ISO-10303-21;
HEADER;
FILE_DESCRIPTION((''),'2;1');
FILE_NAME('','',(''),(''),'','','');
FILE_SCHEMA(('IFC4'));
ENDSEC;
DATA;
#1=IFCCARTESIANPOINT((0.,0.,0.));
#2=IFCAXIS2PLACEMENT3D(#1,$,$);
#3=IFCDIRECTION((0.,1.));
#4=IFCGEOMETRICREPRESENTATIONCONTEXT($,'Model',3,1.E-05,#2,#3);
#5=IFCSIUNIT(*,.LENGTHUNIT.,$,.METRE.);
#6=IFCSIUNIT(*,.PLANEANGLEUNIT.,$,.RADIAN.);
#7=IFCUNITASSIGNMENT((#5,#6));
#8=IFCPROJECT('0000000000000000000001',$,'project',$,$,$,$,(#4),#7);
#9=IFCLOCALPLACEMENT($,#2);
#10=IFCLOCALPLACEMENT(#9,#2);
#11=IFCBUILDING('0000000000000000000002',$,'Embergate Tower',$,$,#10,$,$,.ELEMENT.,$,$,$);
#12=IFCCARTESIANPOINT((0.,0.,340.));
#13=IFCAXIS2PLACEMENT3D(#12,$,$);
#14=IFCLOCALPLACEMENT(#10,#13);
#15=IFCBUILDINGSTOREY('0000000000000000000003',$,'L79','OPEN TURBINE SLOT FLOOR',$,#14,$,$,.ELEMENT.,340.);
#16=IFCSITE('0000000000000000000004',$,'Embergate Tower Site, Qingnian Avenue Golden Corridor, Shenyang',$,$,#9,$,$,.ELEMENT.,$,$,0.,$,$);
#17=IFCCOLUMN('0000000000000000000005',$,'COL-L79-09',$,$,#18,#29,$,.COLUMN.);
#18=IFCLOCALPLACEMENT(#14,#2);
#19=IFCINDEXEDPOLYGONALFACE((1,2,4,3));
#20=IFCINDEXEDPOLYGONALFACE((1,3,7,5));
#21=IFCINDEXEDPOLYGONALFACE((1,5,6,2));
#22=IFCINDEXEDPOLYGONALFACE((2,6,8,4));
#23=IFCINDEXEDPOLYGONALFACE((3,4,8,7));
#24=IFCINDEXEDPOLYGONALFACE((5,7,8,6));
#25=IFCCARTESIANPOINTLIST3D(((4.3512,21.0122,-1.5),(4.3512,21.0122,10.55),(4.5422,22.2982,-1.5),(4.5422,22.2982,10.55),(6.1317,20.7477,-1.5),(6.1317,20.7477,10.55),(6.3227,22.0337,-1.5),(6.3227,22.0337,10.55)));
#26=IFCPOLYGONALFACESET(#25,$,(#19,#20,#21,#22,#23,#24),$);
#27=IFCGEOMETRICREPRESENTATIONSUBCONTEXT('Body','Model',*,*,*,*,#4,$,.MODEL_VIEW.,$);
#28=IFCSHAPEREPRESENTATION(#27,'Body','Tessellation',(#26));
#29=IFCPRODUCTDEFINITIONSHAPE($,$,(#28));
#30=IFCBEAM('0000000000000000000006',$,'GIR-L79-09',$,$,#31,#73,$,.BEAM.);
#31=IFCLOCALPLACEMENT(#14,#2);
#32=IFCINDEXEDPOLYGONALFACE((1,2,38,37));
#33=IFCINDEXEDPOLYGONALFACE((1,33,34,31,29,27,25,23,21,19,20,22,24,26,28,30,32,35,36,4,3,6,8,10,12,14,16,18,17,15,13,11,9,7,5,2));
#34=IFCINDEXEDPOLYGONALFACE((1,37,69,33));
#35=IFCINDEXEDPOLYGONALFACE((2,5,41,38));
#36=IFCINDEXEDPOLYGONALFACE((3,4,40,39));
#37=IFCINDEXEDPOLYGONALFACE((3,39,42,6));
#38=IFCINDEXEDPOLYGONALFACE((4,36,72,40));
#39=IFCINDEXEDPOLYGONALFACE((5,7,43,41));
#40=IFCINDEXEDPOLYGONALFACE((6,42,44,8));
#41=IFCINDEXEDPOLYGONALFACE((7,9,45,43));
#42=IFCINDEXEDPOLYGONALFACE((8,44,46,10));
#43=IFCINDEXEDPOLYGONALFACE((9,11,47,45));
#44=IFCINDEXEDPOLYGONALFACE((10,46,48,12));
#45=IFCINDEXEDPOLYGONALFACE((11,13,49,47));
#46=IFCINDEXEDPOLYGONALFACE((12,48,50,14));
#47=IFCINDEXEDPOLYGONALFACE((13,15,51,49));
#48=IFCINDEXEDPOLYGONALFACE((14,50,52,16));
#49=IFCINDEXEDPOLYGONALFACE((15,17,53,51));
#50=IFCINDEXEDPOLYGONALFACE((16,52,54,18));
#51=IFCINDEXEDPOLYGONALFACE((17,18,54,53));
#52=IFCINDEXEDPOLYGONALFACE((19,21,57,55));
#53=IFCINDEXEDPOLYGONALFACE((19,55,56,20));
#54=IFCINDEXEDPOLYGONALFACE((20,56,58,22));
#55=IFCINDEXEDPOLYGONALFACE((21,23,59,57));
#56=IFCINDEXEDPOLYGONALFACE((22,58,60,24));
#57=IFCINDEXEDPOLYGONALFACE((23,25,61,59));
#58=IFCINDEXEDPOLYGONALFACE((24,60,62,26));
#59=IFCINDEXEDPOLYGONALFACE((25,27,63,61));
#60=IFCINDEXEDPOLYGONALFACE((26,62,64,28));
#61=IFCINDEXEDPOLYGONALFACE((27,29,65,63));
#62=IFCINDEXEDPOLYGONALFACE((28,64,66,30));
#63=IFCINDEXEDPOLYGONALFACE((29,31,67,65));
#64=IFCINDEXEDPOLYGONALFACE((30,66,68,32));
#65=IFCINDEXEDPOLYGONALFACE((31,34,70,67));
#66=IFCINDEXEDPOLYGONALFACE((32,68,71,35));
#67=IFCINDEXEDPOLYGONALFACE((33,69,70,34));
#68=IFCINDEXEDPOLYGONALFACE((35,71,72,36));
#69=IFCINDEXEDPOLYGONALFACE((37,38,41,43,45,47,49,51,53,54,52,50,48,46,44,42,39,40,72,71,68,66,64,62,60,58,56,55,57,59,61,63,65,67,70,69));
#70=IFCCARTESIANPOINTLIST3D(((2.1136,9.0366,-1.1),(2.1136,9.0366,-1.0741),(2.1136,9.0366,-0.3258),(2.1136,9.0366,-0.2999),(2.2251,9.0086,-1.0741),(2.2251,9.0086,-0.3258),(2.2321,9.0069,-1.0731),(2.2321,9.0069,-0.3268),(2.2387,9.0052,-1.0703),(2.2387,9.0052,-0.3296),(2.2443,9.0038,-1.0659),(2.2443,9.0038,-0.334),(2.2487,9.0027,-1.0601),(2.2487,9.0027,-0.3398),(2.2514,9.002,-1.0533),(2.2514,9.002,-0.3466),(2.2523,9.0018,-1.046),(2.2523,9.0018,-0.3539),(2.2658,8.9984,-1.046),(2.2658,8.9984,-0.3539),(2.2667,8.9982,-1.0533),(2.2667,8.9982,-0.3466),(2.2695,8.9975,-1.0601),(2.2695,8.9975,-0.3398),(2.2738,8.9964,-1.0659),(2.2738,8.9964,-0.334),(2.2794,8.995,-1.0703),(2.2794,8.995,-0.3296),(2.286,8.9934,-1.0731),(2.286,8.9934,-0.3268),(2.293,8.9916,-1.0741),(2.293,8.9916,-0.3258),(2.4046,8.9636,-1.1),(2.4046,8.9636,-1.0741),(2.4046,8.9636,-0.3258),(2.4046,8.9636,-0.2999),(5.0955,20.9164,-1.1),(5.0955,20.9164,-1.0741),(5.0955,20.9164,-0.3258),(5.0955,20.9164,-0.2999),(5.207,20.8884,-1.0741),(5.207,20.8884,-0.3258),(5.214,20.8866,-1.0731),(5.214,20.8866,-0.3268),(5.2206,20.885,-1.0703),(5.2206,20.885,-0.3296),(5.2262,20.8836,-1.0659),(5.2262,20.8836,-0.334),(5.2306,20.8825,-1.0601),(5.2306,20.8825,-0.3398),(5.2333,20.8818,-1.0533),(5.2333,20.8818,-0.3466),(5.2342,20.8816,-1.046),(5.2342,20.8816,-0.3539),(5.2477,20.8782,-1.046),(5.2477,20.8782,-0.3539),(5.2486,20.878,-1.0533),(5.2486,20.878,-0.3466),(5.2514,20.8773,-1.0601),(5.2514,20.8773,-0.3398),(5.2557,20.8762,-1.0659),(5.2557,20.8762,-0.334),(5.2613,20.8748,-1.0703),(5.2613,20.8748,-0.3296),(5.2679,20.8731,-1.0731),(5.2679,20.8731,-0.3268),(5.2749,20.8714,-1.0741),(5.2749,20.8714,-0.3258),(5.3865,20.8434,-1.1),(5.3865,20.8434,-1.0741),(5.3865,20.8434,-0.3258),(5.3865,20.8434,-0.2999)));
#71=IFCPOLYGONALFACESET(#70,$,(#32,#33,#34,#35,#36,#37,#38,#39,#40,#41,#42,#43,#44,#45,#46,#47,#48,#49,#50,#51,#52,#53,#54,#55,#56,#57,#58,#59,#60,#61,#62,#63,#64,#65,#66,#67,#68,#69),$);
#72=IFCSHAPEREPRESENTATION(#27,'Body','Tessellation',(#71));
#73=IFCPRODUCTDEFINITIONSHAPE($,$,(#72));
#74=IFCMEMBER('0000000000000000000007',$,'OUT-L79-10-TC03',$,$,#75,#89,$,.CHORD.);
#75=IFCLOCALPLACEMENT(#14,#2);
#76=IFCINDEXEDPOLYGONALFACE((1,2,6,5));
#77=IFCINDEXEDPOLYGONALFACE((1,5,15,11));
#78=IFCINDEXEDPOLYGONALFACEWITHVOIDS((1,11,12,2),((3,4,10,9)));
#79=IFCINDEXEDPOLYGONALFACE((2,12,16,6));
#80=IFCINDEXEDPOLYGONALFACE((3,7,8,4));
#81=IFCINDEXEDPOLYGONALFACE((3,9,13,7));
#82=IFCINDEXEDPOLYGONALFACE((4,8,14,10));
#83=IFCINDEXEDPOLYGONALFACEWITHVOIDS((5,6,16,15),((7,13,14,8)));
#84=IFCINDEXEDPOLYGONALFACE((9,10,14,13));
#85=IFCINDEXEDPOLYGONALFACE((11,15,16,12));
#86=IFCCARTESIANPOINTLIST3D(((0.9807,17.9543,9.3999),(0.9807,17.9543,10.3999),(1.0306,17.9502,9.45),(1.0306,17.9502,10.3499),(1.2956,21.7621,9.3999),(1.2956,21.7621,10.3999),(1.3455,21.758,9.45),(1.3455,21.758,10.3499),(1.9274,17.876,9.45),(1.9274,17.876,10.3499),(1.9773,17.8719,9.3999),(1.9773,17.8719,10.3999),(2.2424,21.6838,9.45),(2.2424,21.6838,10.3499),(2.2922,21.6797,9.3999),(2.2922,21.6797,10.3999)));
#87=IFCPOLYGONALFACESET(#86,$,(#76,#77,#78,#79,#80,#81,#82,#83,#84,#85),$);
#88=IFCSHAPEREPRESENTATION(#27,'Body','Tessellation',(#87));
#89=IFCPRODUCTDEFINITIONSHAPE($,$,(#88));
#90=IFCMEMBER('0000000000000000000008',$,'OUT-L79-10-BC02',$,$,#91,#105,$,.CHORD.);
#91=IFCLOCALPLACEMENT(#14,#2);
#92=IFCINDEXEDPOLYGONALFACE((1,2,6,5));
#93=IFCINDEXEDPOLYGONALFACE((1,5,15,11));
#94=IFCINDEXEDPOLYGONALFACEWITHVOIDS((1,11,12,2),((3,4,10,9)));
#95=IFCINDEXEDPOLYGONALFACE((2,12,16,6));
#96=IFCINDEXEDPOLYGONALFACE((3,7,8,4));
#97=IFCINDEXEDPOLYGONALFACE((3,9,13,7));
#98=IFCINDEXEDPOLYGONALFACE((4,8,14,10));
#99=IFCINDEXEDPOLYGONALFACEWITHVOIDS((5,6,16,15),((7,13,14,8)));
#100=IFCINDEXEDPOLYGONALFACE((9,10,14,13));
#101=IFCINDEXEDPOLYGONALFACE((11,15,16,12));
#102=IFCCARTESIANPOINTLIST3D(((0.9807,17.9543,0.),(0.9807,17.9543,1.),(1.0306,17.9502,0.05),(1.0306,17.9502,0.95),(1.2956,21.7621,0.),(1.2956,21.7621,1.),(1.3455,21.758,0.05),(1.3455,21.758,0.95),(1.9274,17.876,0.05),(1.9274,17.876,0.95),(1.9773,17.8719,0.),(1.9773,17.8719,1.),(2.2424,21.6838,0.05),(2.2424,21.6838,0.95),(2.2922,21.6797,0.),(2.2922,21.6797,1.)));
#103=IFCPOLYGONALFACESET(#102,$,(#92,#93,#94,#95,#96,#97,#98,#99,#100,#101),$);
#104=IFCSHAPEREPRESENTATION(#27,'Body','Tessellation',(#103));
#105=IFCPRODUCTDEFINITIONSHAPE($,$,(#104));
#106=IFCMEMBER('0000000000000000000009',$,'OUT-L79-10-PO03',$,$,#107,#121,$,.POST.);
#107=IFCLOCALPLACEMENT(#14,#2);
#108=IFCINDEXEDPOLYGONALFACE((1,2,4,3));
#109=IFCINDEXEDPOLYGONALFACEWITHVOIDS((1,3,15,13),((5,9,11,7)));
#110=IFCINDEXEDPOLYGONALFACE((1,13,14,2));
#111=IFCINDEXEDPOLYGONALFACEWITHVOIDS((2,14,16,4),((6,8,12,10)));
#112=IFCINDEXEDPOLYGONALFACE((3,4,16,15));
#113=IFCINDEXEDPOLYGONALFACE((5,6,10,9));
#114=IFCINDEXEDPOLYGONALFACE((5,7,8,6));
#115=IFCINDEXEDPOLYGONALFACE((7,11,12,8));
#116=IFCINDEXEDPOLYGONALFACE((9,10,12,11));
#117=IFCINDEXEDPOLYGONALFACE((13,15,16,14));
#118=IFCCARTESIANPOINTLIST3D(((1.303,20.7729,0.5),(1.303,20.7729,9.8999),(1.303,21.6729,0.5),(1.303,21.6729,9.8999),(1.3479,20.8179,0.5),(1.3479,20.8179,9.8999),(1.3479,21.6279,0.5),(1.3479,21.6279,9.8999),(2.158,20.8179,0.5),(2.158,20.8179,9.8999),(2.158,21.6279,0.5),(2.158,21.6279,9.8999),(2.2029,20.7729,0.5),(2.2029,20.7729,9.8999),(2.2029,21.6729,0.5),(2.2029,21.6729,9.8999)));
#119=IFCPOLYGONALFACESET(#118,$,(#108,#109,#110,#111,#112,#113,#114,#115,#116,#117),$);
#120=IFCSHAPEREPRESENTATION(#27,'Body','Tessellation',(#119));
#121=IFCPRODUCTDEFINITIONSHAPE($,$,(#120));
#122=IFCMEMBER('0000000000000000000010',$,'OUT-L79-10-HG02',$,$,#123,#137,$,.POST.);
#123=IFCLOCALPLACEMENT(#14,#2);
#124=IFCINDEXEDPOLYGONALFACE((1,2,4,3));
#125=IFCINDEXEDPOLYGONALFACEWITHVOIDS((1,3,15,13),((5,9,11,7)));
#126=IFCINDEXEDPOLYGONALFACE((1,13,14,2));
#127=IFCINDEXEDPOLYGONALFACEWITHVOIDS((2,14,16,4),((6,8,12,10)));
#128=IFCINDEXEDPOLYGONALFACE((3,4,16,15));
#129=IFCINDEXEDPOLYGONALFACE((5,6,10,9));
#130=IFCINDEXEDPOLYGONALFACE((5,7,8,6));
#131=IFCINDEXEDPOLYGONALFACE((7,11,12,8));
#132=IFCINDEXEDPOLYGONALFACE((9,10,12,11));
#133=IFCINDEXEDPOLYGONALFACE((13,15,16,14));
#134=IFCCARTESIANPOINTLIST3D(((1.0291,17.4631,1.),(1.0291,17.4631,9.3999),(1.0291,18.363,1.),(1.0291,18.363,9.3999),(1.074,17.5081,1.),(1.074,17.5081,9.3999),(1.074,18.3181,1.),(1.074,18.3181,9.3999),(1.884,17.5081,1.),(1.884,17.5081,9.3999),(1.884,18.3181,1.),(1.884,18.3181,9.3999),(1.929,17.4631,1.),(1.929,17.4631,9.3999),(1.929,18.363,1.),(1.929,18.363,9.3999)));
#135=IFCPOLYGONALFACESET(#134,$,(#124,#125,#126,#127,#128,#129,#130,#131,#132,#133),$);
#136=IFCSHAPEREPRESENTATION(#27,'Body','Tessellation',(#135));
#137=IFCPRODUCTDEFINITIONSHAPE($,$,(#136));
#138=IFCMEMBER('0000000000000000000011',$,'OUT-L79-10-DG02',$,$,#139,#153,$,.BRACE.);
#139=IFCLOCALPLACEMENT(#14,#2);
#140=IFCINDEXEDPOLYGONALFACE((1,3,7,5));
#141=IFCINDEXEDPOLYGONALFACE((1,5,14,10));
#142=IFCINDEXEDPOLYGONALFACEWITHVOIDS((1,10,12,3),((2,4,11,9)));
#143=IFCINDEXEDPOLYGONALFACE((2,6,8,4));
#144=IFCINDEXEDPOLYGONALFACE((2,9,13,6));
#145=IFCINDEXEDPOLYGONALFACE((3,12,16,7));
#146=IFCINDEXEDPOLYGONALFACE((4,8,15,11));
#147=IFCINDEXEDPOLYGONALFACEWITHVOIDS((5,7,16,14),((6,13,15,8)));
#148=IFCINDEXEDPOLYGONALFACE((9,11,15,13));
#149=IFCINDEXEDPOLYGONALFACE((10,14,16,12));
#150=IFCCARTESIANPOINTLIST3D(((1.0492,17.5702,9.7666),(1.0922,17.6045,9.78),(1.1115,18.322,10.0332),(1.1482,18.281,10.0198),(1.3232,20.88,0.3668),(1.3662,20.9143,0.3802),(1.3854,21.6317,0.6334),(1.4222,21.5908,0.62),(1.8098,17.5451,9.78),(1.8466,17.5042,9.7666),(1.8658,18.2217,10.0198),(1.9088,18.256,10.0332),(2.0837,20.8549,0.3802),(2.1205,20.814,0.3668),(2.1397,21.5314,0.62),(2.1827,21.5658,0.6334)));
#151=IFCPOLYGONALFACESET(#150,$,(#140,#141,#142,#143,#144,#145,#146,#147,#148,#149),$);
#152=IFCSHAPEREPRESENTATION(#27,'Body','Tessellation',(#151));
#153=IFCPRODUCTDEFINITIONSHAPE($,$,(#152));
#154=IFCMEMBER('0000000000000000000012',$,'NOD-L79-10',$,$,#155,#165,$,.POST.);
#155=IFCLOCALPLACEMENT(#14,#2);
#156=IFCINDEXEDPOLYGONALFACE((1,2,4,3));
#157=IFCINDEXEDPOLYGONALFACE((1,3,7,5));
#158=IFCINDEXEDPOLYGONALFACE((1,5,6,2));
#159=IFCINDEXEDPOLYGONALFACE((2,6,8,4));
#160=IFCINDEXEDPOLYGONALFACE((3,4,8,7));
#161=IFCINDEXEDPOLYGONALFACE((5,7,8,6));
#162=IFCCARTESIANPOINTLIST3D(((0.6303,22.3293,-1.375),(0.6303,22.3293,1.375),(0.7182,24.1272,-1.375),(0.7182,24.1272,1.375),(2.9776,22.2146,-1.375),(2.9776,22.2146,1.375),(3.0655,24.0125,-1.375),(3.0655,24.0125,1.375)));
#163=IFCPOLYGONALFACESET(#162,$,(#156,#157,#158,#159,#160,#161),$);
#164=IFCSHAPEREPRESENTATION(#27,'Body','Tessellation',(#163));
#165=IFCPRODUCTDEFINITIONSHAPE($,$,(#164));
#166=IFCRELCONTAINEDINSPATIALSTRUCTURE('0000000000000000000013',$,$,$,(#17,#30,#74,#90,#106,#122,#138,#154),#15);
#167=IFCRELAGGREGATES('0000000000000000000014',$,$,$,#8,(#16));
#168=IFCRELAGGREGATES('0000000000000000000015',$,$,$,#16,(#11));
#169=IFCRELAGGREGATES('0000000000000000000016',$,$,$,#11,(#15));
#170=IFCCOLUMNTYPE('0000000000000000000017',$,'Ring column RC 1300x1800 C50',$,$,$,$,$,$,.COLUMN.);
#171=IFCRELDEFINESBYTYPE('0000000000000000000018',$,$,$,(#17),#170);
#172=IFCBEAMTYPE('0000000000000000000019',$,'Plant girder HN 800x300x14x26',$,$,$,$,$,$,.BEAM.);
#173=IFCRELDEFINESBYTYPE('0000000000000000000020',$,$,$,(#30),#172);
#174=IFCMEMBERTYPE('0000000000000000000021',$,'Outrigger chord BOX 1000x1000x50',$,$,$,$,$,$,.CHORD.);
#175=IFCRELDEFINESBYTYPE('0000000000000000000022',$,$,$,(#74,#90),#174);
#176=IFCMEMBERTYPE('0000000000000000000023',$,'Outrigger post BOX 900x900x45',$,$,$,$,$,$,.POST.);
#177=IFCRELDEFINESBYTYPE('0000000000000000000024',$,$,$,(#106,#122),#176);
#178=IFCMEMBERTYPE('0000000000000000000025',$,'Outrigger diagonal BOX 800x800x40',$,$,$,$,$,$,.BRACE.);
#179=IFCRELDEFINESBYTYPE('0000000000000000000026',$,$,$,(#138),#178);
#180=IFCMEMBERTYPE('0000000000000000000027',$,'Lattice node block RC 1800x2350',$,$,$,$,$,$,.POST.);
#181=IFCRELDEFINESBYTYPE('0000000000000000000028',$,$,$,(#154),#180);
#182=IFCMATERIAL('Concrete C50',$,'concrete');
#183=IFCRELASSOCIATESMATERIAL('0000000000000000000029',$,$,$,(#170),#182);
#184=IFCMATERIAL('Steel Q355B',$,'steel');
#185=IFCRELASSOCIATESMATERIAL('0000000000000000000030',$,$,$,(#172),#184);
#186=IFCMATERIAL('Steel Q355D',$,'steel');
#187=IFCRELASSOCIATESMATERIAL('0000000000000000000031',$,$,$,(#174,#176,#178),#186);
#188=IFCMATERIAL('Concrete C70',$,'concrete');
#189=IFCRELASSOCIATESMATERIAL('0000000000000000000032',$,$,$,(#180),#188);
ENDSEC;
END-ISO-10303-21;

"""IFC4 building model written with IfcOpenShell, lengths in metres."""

from ifc_helpers import new_model, si_unit, direction, frame, origin, origin_2d, place, context, subcontext, project, spatial, rectangle, hollow_rectangle, i_section, extrude, source, transform, mapped, material, material_profile, profile_set, type_object, element, save


model = new_model("IFC4")

# Units and contexts
model_context = context("Model", 3, precision=1e-05, world=origin(), true_north=direction((0.0, 1.0)))
body_context = subcontext(model_context, "Body", "Model", "MODEL_VIEW")
ifc_project = project(units=[si_unit("LENGTHUNIT", "METRE"), si_unit("PLANEANGLEUNIT", "RADIAN")], contexts=[model_context])

# Site, building, storey
site_placement = place(None, origin())
site = spatial("IfcSite", under=ifc_project, at=site_placement, Name="Embergate Tower Site, Qingnian Avenue Golden Corridor, Shenyang", CompositionType="ELEMENT", RefElevation=0.0)
building_placement = place(site_placement, origin())
building = spatial("IfcBuilding", under=site, at=building_placement, Name="Embergate Tower", CompositionType="ELEMENT")
storey_placement = place(building_placement, frame((0.0, 0.0, 340.0)))
storey = spatial("IfcBuildingStorey", under=building, at=storey_placement, Name="L79", Description="OPEN TURBINE SLOT FLOOR", CompositionType="ELEMENT", Elevation=340.0)

# Column
ifc_material_1 = material(Name="Concrete C50", Category="concrete")
ifc_material_profile_1 = material_profile(ifc_material_1, rectangle(XDim=1.3, YDim=1.8, at=origin_2d()), Name="RC 1300x1800")
ifc_profile_set_1 = profile_set([ifc_material_profile_1], Name="Concrete C50")
column_type = type_object("IfcColumnType", Name="Ring column RC 1300x1800 C50", PredefinedType="COLUMN", material=ifc_profile_set_1)
shared_shape_1 = source(origin(), body_context, "Body", "SweptSolid", [
    extrude(rectangle(XDim=1.3, YDim=1.8, at=origin_2d()), origin(), (0.0, 0.0, 1.0), 12.05),
])
column_placement = place(storey_placement, frame((5.3369, 21.5229, -1.5), z_axis=(0.0, 0.0, 1.0), x_axis=(0.146929, 0.989147, 0.0)))
element("IfcColumn", 1, at=column_placement, inside=storey, type_object=column_type, Name="COL-L79-09", PredefinedType="COLUMN", context=body_context, shape_type="MappedRepresentation", body=[
    mapped(shared_shape_1, transform((0.0, 0.0, 0.0))),
])

# Beam
ifc_material_2 = material(Name="Steel Q355B", Category="steel")
ifc_material_profile_2 = material_profile(ifc_material_2, i_section(OverallWidth=0.3, OverallDepth=0.8, WebThickness=0.0139, FlangeThickness=0.0259, FilletRadius=0.0281, at=origin_2d()), Name="HN 800x300x14x26")
ifc_profile_set_2 = profile_set([ifc_material_profile_2], Name="Steel Q355 grade B")
beam_type_1 = type_object("IfcBeamType", Name="Plant girder HN 800x300x14x26", PredefinedType="BEAM", material=ifc_profile_set_2)
shared_shape_2 = source(origin(), body_context, "Body", "SweptSolid", [
    extrude(i_section(OverallWidth=0.3, OverallDepth=0.8, WebThickness=0.0139, FlangeThickness=0.0259, FilletRadius=0.0281, at=origin_2d()), origin(), (0.0, 0.0, 1.0), 12.2483),
])
beam_1_placement = place(storey_placement, frame((5.241, 20.8799, -0.7), z_axis=(-0.243455, -0.969912, 0.0), x_axis=(0.969912, -0.243455, 0.0)))
element("IfcBeam", 2, at=beam_1_placement, inside=storey, type_object=beam_type_1, Name="GIR-L79-09", PredefinedType="BEAM", context=body_context, shape_type="MappedRepresentation", body=[
    mapped(shared_shape_2, transform((0.0, 0.0, 0.0))),
])

# Members
ifc_material_3 = material(Name="Steel Q355D", Category="steel")
ifc_material_profile_3 = material_profile(ifc_material_3, hollow_rectangle(XDim=1.0, YDim=1.0, WallThickness=0.05, at=origin_2d()), Name="BOX 1000x1000x50")
ifc_profile_set_3 = profile_set([ifc_material_profile_3], Name="Steel Q355 grade D")
member_type_1 = type_object("IfcMemberType", Name="Outrigger chord BOX 1000x1000x50", PredefinedType="CHORD", material=ifc_profile_set_3)
shared_shape_3 = source(origin(), body_context, "Body", "SweptSolid", [
    extrude(hollow_rectangle(XDim=1.0, YDim=1.0, WallThickness=0.05, at=origin_2d()), origin(), (0.0, 0.0, 1.0), 3.8208),
])
for number, where, z_axis, x_axis, name in (
    (3, (1.479, 17.9131, 9.8999), (0.082427, 0.996597, 0.0), (-0.996597, 0.082427, 0.0), "OUT-L79-10-TC03"),
    (4, (1.479, 17.9131, 0.5), (0.082427, 0.996597, 0.0), (-0.996597, 0.082427, 0.0), "OUT-L79-10-BC02"),
):
    element("IfcMember", number, at=place(storey_placement, frame(where, z_axis=z_axis, x_axis=x_axis)), inside=storey, type_object=member_type_1, Name=name, PredefinedType="CHORD", context=body_context, shape_type="MappedRepresentation", body=[
        mapped(shared_shape_3, transform((0.0, 0.0, 0.0))),
    ])
ifc_material_profile_4 = material_profile(ifc_material_3, hollow_rectangle(XDim=0.8999, YDim=0.8999, WallThickness=0.0449, at=origin_2d()), Name="BOX 900x900x45")
ifc_profile_set_4 = profile_set([ifc_material_profile_4], Name="Steel Q355 grade D")
member_type_2 = type_object("IfcMemberType", Name="Outrigger post BOX 900x900x45", PredefinedType="POST", material=ifc_profile_set_4)
shared_shape_4 = source(origin(), body_context, "Body", "SweptSolid", [
    extrude(hollow_rectangle(XDim=0.8999, YDim=0.8999, WallThickness=0.0449, at=origin_2d()), origin(), (0.0, 0.0, 1.0), 9.3999),
])
member_1_placement = place(storey_placement, frame((1.7529, 21.2229, 0.5), z_axis=(0.0, 0.0, 1.0), x_axis=(1.0, 0.0, 0.0)))
element("IfcMember", 5, at=member_1_placement, inside=storey, type_object=member_type_2, Name="OUT-L79-10-PO03", PredefinedType="POST", context=body_context, shape_type="MappedRepresentation", body=[
    mapped(shared_shape_4, transform((0.0, 0.0, 0.0))),
])
shared_shape_5 = source(origin(), body_context, "Body", "SweptSolid", [
    extrude(hollow_rectangle(XDim=0.8999, YDim=0.8999, WallThickness=0.0449, at=origin_2d()), origin(), (0.0, 0.0, 1.0), 8.3999),
])
member_2_placement = place(storey_placement, frame((1.479, 17.9131, 1.0), z_axis=(0.0, 0.0, 1.0), x_axis=(1.0, 0.0, 0.0)))
element("IfcMember", 6, at=member_2_placement, inside=storey, type_object=member_type_2, Name="OUT-L79-10-HG02", PredefinedType="POST", context=body_context, shape_type="MappedRepresentation", body=[
    mapped(shared_shape_5, transform((0.0, 0.0, 0.0))),
])
ifc_material_profile_5 = material_profile(ifc_material_3, hollow_rectangle(XDim=0.8, YDim=0.8, WallThickness=0.04, at=origin_2d()), Name="BOX 800x800x40")
ifc_profile_set_5 = profile_set([ifc_material_profile_5], Name="Steel Q355 grade D")
member_type_3 = type_object("IfcMemberType", Name="Outrigger diagonal BOX 800x800x40", PredefinedType="BRACE", material=ifc_profile_set_5)
shared_shape_6 = source(origin(), body_context, "Body", "SweptSolid", [
    extrude(hollow_rectangle(XDim=0.8, YDim=0.8, WallThickness=0.04, at=origin_2d()), origin(), (0.0, 0.0, 1.0), 9.9692),
])
member_3_placement = place(storey_placement, frame((1.479, 17.9131, 9.8999), z_axis=(0.027477, 0.331999, -0.94288), x_axis=(-0.996593, 0.08248, 0.0)))
element("IfcMember", 7, at=member_3_placement, inside=storey, type_object=member_type_3, Name="OUT-L79-10-DG02", PredefinedType="BRACE", context=body_context, shape_type="MappedRepresentation", body=[
    mapped(shared_shape_6, transform((0.0, 0.0, 0.0))),
])
ifc_material_4 = material(Name="Concrete C70", Category="concrete")
ifc_material_profile_6 = material_profile(ifc_material_4, rectangle(XDim=1.8, YDim=2.3501, at=origin_2d()), Name="RC 1800x2350")
ifc_profile_set_6 = profile_set([ifc_material_profile_6], Name="Concrete C70")
member_type_4 = type_object("IfcMemberType", Name="Lattice node block RC 1800x2350", PredefinedType="POST", material=ifc_profile_set_6)
shared_shape_7 = source(origin(), body_context, "Body", "SweptSolid", [
    extrude(rectangle(XDim=1.8, YDim=2.3501, at=origin_2d()), origin(), (0.0, 0.0, 1.0), 2.75),
])
member_4_placement = place(storey_placement, frame((1.8479, 23.1709, -1.375), z_axis=(0.0, 0.0, 1.0), x_axis=(0.048815, 0.998808, 0.0)))
element("IfcMember", 8, at=member_4_placement, inside=storey, type_object=member_type_4, Name="NOD-L79-10", PredefinedType="POST", context=body_context, shape_type="MappedRepresentation", body=[
    mapped(shared_shape_7, transform((0.0, 0.0, 0.0))),
])

save(model, "model.ifc")
